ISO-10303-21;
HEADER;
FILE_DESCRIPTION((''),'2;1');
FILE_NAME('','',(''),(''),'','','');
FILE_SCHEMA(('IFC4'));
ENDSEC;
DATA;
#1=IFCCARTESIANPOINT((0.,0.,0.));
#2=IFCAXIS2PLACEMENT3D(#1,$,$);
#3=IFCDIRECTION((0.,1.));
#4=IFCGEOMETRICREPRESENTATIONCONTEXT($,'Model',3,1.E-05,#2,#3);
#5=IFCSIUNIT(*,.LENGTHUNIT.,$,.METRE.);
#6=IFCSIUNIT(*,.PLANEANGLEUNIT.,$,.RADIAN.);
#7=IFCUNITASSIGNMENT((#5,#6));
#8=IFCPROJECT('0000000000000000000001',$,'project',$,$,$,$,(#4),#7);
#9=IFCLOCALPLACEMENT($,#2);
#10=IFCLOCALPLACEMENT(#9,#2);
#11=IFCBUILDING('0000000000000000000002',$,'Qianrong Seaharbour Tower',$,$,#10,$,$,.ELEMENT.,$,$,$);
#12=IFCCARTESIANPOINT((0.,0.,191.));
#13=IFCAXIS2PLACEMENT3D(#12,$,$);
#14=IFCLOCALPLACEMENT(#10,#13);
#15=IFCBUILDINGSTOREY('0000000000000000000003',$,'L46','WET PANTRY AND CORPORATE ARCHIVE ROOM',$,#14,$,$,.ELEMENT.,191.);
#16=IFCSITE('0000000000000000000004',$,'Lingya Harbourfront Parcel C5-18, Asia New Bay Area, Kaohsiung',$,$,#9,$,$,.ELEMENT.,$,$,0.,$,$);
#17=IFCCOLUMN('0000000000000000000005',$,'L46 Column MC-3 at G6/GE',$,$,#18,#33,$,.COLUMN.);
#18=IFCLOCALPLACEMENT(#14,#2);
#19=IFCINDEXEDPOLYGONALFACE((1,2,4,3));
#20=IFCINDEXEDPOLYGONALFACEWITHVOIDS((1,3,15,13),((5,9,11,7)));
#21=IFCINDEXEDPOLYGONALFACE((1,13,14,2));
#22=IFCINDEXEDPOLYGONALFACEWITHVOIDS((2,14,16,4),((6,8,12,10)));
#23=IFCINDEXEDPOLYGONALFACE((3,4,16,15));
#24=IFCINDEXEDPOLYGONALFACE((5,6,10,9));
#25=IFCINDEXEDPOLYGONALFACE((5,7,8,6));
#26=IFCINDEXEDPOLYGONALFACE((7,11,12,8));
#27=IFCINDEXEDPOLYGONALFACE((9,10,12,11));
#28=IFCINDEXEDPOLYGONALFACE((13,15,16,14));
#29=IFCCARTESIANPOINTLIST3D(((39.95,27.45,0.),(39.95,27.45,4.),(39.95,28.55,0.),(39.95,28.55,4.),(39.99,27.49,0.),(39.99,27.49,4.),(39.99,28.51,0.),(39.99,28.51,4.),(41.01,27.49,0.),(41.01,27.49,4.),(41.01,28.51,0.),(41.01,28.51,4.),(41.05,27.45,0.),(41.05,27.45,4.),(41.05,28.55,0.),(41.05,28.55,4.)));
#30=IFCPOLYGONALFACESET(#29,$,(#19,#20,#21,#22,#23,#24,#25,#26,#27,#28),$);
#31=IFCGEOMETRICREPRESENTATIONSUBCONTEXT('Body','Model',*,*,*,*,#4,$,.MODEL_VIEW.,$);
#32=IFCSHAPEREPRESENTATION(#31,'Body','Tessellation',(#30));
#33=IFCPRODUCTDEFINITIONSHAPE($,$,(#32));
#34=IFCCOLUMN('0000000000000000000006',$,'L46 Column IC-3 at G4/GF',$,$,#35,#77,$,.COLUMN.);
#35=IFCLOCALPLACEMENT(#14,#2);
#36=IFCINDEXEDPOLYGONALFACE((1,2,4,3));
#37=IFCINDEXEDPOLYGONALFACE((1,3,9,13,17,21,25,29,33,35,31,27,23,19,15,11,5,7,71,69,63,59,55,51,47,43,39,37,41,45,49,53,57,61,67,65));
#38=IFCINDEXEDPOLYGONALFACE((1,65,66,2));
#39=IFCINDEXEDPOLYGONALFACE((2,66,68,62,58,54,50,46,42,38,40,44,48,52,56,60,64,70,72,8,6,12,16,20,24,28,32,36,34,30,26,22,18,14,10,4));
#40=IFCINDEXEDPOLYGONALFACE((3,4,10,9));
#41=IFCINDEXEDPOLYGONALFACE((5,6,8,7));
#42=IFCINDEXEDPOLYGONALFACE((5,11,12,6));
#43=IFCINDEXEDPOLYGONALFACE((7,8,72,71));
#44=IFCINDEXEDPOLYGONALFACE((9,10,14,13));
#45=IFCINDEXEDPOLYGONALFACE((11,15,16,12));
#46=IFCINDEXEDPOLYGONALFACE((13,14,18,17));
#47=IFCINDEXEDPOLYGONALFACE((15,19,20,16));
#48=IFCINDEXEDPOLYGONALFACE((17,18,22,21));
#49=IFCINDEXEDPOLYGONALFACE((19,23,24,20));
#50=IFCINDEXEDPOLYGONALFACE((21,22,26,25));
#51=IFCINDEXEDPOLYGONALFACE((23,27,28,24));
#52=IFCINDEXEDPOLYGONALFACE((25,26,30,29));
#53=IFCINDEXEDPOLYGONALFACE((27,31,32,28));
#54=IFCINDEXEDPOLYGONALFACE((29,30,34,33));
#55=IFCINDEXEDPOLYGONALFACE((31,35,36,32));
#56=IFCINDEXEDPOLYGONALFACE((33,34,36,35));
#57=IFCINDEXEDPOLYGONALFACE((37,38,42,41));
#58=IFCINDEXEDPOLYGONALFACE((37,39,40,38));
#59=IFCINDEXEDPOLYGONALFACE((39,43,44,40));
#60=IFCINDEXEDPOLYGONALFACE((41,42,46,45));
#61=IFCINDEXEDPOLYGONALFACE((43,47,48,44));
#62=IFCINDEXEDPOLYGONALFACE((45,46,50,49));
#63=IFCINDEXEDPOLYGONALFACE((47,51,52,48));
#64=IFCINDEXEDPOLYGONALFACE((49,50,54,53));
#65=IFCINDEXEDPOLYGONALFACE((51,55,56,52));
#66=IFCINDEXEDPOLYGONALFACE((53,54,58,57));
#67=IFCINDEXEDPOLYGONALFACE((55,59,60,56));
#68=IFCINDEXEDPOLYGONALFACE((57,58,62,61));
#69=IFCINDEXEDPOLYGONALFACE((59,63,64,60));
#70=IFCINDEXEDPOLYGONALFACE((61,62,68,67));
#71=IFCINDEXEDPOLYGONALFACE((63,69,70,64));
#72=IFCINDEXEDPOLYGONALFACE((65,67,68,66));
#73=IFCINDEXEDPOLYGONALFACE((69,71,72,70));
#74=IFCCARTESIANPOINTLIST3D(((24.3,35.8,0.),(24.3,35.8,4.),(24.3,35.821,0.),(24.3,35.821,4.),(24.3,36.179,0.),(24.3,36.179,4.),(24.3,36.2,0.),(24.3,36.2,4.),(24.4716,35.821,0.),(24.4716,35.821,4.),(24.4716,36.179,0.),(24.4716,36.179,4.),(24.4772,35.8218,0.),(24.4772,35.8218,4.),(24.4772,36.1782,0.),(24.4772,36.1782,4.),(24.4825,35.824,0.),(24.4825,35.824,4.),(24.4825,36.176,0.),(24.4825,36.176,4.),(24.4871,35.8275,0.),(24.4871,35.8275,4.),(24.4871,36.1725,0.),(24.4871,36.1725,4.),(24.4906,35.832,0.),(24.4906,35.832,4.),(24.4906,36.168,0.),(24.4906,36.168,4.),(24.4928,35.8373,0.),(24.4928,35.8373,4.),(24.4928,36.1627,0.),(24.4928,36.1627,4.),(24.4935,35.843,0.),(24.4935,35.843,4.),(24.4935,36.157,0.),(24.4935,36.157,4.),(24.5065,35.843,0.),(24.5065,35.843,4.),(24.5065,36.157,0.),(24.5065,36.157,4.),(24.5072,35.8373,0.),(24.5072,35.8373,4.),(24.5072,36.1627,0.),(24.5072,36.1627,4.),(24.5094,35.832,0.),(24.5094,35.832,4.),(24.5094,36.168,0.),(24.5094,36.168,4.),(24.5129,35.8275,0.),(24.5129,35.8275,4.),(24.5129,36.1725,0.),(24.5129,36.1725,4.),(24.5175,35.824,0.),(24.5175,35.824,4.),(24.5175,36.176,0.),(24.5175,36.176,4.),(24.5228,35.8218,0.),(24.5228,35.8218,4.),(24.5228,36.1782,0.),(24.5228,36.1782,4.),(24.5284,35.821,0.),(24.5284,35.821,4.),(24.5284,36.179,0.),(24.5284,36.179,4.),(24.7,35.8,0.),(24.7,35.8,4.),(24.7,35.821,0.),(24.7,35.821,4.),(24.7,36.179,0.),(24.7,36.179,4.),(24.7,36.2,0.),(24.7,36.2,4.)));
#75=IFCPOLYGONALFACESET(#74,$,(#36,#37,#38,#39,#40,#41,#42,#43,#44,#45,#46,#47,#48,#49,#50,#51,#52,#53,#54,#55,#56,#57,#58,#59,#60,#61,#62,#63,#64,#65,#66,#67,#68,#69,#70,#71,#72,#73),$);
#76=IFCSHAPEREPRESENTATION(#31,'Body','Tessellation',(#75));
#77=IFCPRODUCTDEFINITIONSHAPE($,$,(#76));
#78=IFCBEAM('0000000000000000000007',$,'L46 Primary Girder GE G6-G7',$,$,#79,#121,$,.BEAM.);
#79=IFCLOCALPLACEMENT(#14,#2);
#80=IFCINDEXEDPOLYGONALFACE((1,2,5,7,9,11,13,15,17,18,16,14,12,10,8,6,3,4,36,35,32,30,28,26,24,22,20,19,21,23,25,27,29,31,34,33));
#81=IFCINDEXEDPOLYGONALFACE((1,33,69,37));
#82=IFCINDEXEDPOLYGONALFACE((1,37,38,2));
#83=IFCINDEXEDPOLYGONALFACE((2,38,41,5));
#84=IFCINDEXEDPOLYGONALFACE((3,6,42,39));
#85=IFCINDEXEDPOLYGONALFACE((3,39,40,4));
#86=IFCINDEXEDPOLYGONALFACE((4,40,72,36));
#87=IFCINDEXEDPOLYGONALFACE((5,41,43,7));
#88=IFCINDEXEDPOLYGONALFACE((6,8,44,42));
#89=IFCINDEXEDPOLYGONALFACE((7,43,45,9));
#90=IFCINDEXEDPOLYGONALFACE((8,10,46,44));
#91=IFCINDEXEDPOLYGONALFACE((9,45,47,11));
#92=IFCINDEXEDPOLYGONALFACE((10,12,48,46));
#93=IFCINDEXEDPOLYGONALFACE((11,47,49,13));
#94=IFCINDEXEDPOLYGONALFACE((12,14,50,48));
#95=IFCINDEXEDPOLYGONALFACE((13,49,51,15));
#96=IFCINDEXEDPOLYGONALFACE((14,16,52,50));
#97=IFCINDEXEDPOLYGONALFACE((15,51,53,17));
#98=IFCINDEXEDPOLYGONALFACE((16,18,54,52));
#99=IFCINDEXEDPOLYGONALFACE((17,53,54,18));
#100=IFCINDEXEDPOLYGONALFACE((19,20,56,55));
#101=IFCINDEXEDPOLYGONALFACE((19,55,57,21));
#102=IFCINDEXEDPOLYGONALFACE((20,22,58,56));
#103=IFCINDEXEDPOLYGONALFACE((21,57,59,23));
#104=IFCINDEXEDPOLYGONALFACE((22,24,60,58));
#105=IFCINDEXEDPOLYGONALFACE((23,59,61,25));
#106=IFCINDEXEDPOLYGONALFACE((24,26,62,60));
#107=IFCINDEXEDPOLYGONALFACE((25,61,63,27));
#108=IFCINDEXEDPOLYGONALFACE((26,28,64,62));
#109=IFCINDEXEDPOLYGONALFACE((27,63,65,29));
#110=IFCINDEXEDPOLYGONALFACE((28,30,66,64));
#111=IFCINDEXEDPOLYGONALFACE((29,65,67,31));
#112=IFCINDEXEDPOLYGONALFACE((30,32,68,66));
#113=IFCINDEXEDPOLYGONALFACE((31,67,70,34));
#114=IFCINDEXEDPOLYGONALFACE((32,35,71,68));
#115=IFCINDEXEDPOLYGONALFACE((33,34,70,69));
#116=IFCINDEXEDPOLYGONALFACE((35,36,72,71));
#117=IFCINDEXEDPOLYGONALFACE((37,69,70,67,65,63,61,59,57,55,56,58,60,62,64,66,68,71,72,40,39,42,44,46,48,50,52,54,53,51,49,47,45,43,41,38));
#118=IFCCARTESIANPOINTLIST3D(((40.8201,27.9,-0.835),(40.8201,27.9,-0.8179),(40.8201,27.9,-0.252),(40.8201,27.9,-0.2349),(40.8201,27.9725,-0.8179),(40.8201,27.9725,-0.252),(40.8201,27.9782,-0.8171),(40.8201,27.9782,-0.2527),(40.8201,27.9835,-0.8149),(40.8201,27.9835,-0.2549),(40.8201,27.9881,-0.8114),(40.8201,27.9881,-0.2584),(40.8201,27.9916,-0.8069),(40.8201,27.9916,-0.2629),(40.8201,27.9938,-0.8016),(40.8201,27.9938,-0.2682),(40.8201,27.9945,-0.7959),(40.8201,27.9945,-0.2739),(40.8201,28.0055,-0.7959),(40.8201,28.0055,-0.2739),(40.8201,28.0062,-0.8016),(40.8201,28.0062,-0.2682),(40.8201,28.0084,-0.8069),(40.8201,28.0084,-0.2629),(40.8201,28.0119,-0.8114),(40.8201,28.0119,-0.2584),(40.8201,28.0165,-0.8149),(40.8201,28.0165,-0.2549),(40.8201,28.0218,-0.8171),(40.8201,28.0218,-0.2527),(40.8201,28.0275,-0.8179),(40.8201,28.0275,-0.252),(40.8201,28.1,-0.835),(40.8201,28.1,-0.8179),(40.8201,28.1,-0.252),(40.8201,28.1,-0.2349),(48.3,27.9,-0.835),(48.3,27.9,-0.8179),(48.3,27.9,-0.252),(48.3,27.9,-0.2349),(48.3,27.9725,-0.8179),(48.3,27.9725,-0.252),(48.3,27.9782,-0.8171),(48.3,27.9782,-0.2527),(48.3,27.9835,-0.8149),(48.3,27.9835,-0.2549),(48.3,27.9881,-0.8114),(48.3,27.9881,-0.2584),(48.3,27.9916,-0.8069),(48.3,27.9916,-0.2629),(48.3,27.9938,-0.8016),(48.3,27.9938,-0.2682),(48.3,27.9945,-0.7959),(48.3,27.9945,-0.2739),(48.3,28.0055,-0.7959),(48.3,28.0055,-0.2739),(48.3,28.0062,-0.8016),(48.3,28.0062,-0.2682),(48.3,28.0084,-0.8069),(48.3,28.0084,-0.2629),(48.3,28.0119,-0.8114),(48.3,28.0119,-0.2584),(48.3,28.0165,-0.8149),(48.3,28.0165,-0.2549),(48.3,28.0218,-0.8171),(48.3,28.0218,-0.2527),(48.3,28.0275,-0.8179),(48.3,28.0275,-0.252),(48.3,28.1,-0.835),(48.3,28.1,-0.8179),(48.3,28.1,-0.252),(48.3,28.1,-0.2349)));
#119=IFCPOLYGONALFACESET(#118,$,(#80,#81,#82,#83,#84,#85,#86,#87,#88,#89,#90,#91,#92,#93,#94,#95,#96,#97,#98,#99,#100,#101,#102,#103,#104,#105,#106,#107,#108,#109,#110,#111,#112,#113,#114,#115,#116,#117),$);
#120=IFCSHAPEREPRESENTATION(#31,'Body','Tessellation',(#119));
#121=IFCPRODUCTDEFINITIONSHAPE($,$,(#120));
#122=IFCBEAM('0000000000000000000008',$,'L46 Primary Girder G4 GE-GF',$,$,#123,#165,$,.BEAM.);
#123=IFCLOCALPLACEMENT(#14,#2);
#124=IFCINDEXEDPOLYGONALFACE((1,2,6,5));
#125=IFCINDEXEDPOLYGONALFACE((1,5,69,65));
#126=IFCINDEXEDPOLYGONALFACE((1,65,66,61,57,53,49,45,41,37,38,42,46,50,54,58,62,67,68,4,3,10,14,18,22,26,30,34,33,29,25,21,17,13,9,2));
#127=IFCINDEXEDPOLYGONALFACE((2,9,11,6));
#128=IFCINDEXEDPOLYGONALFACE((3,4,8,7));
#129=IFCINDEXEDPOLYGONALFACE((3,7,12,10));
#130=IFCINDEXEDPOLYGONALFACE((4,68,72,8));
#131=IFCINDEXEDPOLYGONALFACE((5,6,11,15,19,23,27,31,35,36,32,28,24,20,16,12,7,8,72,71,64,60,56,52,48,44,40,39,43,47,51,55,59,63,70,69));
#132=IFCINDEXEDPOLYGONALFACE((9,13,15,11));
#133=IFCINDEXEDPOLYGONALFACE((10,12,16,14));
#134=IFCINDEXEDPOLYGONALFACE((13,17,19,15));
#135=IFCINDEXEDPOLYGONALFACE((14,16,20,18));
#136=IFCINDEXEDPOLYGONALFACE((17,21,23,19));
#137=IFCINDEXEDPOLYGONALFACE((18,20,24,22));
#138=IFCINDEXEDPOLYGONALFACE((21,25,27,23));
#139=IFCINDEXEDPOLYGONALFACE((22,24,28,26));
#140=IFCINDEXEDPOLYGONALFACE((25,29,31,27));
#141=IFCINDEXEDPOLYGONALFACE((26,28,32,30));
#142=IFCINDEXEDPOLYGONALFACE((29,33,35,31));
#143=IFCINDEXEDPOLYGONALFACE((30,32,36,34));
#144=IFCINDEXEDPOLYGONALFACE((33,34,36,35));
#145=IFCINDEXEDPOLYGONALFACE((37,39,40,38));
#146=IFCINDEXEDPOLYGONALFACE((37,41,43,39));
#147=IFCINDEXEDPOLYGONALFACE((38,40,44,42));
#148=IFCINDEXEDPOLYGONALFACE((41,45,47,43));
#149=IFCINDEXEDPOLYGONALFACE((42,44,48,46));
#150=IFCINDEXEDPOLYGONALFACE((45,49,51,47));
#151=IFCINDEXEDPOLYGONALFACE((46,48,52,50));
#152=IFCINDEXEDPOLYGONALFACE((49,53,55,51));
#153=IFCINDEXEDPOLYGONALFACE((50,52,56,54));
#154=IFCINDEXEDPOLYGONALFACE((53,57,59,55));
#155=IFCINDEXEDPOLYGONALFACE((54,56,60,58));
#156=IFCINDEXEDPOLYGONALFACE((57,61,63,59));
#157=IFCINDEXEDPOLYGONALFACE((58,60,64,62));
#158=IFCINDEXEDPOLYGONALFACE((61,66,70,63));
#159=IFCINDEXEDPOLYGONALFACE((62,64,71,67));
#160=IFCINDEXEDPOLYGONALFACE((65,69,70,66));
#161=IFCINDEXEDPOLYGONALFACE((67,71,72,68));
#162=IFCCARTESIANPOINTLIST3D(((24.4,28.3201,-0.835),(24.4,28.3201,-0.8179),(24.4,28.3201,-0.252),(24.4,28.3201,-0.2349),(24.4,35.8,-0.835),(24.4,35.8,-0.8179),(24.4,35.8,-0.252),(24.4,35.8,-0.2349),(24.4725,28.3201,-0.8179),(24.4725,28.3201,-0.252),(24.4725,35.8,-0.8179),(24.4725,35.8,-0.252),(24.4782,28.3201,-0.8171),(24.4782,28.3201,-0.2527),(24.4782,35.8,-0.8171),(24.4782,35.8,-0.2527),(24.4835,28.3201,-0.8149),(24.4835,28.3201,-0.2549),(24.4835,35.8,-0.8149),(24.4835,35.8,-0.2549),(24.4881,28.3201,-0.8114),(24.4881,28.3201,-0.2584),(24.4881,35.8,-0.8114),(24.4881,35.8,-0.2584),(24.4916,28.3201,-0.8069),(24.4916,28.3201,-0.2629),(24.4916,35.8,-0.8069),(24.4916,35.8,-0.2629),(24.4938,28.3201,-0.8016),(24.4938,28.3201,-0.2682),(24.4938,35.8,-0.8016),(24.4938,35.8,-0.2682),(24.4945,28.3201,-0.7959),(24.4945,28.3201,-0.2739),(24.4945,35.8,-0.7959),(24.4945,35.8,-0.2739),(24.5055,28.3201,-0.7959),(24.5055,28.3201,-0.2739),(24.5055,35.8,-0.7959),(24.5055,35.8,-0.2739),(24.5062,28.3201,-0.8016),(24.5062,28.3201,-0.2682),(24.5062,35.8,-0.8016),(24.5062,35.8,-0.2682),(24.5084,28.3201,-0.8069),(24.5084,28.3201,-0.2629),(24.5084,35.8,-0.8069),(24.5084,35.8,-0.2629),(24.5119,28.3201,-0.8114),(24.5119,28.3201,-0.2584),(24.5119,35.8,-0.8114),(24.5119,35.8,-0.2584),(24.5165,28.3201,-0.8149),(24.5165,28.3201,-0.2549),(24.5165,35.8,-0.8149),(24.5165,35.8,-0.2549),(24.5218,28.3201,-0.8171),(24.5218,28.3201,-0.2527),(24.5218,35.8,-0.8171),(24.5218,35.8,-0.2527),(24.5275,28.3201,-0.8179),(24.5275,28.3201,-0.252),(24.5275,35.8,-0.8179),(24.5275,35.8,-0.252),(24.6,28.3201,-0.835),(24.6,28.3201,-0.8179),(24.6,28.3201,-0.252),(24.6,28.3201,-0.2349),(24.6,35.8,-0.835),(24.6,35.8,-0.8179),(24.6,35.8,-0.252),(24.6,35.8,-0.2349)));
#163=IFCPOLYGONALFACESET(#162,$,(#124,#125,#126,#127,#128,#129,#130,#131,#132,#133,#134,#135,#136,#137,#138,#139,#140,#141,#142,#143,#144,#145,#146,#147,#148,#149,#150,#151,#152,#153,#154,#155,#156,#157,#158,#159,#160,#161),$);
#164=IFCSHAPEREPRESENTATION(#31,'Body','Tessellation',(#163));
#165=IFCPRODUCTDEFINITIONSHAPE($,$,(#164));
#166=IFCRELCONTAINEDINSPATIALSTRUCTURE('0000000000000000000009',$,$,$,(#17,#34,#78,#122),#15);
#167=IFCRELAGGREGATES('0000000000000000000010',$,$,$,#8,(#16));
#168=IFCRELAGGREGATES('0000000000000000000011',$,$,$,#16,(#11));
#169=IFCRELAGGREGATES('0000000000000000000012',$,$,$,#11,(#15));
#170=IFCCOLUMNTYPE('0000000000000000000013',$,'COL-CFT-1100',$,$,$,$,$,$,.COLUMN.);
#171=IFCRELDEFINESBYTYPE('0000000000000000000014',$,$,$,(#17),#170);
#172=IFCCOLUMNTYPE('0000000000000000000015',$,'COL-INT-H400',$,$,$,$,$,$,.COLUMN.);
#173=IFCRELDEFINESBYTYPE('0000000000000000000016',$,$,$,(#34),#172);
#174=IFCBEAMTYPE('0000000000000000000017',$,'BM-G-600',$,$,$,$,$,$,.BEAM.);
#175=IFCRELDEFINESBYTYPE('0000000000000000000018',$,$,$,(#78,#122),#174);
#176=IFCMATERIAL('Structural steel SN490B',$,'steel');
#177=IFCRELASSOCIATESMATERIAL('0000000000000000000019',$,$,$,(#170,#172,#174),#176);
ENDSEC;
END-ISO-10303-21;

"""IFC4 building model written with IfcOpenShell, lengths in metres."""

from ifc_helpers import new_model, si_unit, direction, frame, origin, origin_2d, place, context, subcontext, project, spatial, hollow_rectangle, i_section, extrude, material, material_profile, profile_set, type_object, element, save


model = new_model("IFC4")

# Units and contexts
model_context = context("Model", 3, precision=1e-05, world=origin(), true_north=direction((0.0, 1.0)))
body_context = subcontext(model_context, "Body", "Model", "MODEL_VIEW")
ifc_project = project(units=[si_unit("LENGTHUNIT", "METRE"), si_unit("PLANEANGLEUNIT", "RADIAN")], contexts=[model_context])

# Site, building, storey
site_placement = place(None, origin())
site = spatial("IfcSite", under=ifc_project, at=site_placement, Name="Lingya Harbourfront Parcel C5-18, Asia New Bay Area, Kaohsiung", CompositionType="ELEMENT", RefElevation=0.0)
building_placement = place(site_placement, origin())
building = spatial("IfcBuilding", under=site, at=building_placement, Name="Qianrong Seaharbour Tower", CompositionType="ELEMENT")
storey_placement = place(building_placement, frame((0.0, 0.0, 191.0)))
storey = spatial("IfcBuildingStorey", under=building, at=storey_placement, Name="L46", Description="WET PANTRY AND CORPORATE ARCHIVE ROOM", CompositionType="ELEMENT", Elevation=191.0)

# Columns
ifc_material_1 = material(Name="Structural steel SN490B", Category="steel")
ifc_material_profile_1 = material_profile(ifc_material_1, hollow_rectangle(XDim=1.1001, YDim=1.1001, WallThickness=0.04, at=origin_2d()), Name="BOX1100x1100x40")
ifc_profile_set_1 = profile_set([ifc_material_profile_1], Name="Structural steel SN490B")
column_type_1 = type_object("IfcColumnType", Name="COL-CFT-1100", PredefinedType="COLUMN", material=ifc_profile_set_1)
column_1_placement = place(storey_placement, frame((40.5, 28.0, 0.0), z_axis=(0.0, 0.0, 1.0), x_axis=(1.0, 0.0, 0.0)))
element("IfcColumn", 1, at=column_1_placement, inside=storey, type_object=column_type_1, Name="L46 Column MC-3 at G6/GE", PredefinedType="COLUMN", context=body_context, shape_type="SweptSolid", body=[
    extrude(hollow_rectangle(XDim=1.1001, YDim=1.1001, WallThickness=0.04, at=origin_2d()), origin(), (0.0, 0.0, 1.0), 4.0),
])
ifc_material_profile_2 = material_profile(ifc_material_1, i_section(OverallWidth=0.3999, OverallDepth=0.3999, WebThickness=0.0129, FlangeThickness=0.021, FilletRadius=0.022, at=origin_2d()), Name="H400x400x13x21")
ifc_profile_set_2 = profile_set([ifc_material_profile_2], Name="Structural steel SN490B")
column_type_2 = type_object("IfcColumnType", Name="COL-INT-H400", PredefinedType="COLUMN", material=ifc_profile_set_2)
column_2_placement = place(storey_placement, frame((24.5, 36.0, 0.0), z_axis=(0.0, 0.0, 1.0), x_axis=(1.0, 0.0, 0.0)))
element("IfcColumn", 2, at=column_2_placement, inside=storey, type_object=column_type_2, Name="L46 Column IC-3 at G4/GF", PredefinedType="COLUMN", context=body_context, shape_type="SweptSolid", body=[
    extrude(i_section(OverallWidth=0.3999, OverallDepth=0.3999, WebThickness=0.0129, FlangeThickness=0.021, FilletRadius=0.022, at=origin_2d()), origin(), (0.0, 0.0, 1.0), 4.0),
])

# Beams
ifc_material_profile_3 = material_profile(ifc_material_1, i_section(OverallWidth=0.2, OverallDepth=0.6001, WebThickness=0.011, FlangeThickness=0.0171, FilletRadius=0.022, at=origin_2d()), Name="H600x200x11x17")
ifc_profile_set_3 = profile_set([ifc_material_profile_3], Name="Structural steel SN490B")
beam_type_1 = type_object("IfcBeamType", Name="BM-G-600", PredefinedType="BEAM", material=ifc_profile_set_3)
for number, where, z_axis, x_axis, name in (
    (3, (40.8201, 28.0, -0.5349), (1.0, 0.0, 0.0), (0.0, 1.0, 0.0), "L46 Primary Girder GE G6-G7"),
    (4, (24.5, 28.3201, -0.5349), (0.0, 1.0, 0.0), (-1.0, 0.0, 0.0), "L46 Primary Girder G4 GE-GF"),
):
    element("IfcBeam", number, at=place(storey_placement, frame(where, z_axis=z_axis, x_axis=x_axis)), inside=storey, type_object=beam_type_1, Name=name, PredefinedType="BEAM", context=body_context, shape_type="SweptSolid", body=[
        extrude(i_section(OverallWidth=0.2, OverallDepth=0.6001, WebThickness=0.011, FlangeThickness=0.0171, FilletRadius=0.022, at=origin_2d()), origin(), (0.0, 0.0, 1.0), 7.48),
    ])

save(model, "model.ifc")
